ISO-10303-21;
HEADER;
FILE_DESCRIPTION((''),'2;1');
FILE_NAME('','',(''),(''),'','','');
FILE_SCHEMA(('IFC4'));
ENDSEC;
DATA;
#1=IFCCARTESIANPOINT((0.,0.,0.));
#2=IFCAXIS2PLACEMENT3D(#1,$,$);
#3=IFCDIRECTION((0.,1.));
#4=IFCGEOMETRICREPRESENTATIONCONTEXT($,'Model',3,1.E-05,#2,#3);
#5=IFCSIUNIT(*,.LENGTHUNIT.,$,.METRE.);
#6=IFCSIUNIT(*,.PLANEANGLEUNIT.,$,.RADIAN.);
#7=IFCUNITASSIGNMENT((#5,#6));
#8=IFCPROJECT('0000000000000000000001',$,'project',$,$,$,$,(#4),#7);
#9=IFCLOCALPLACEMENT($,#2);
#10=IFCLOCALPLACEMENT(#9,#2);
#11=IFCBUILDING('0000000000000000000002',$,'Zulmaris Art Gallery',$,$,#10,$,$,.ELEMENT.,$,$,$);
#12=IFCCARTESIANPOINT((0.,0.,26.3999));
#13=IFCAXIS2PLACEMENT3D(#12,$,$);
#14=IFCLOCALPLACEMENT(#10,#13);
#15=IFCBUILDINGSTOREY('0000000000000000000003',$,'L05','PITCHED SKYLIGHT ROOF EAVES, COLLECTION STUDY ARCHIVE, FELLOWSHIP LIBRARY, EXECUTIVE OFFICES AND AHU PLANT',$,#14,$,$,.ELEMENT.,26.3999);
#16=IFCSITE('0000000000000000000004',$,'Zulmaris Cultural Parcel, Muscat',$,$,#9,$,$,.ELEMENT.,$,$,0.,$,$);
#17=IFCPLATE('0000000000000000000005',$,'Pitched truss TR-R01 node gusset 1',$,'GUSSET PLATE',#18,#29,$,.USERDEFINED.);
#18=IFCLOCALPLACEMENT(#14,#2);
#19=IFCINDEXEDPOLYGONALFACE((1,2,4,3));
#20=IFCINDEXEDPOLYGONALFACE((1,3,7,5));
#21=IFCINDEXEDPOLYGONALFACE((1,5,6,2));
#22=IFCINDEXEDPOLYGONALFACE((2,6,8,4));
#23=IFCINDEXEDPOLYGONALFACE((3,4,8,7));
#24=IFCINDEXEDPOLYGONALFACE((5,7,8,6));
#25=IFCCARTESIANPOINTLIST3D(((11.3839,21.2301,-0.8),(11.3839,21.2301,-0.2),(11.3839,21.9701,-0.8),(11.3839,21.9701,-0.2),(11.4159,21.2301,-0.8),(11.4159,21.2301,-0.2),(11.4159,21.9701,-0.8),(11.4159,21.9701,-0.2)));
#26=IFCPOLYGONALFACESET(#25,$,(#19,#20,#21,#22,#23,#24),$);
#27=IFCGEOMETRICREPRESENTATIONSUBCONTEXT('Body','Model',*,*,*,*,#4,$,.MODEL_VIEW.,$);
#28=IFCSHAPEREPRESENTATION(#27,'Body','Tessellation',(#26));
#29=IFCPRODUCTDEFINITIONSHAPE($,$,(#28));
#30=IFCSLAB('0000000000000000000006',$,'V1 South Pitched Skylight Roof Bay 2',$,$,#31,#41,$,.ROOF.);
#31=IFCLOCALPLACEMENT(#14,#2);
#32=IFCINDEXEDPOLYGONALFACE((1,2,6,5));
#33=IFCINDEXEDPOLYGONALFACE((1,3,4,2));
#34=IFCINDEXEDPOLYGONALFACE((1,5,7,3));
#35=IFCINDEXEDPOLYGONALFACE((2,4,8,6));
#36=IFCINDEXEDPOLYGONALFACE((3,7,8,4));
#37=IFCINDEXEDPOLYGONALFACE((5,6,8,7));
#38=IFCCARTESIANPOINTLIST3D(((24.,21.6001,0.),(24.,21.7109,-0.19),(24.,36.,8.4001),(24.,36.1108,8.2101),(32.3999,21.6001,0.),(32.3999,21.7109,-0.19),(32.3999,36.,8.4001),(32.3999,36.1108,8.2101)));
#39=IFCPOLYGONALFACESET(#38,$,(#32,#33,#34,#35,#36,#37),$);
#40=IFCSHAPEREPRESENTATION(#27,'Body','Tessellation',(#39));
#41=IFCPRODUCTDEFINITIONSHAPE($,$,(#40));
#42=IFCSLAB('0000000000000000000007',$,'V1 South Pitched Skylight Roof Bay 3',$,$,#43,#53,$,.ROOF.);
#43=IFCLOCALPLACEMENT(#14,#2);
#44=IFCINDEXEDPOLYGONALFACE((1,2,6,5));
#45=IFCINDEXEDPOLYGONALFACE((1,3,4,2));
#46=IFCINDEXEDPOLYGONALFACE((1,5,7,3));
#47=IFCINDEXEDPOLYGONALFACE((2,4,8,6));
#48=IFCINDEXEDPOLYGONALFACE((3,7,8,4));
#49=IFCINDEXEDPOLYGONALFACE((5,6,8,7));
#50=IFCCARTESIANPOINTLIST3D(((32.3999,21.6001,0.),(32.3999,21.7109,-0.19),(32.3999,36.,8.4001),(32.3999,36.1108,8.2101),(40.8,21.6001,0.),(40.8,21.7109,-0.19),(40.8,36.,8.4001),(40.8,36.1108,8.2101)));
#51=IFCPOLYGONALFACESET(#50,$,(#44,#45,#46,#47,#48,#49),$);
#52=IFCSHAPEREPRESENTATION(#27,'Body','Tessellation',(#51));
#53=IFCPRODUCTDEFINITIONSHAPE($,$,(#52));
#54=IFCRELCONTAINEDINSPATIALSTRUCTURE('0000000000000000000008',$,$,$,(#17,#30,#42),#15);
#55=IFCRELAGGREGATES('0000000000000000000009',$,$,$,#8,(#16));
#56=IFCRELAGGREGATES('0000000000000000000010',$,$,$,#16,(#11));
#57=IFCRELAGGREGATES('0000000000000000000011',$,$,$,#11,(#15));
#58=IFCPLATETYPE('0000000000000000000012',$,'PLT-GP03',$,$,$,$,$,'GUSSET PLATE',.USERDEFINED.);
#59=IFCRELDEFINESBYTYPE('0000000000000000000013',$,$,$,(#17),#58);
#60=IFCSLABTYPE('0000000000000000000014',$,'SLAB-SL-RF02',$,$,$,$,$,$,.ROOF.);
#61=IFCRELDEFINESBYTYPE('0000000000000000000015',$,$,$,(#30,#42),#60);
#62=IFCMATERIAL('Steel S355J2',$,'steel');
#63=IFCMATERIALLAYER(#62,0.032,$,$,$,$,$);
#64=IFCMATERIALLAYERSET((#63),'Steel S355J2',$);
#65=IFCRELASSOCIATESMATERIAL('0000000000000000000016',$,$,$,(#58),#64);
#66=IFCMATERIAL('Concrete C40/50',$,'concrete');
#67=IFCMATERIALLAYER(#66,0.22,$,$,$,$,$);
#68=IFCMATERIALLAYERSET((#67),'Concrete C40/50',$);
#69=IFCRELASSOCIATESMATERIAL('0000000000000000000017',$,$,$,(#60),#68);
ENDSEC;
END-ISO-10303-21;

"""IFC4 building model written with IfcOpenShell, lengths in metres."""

from ifc_helpers import new_model, si_unit, direction, frame, origin, origin_2d, place, context, subcontext, project, spatial, polyline, rectangle, outline, extrude, material, layer, layer_set, type_object, element, save


model = new_model("IFC4")

# Units and contexts
model_context = context("Model", 3, precision=1e-05, world=origin(), true_north=direction((0.0, 1.0)))
body_context = subcontext(model_context, "Body", "Model", "MODEL_VIEW")
ifc_project = project(units=[si_unit("LENGTHUNIT", "METRE"), si_unit("PLANEANGLEUNIT", "RADIAN")], contexts=[model_context])

# Site, building, storey
site_placement = place(None, origin())
site = spatial("IfcSite", under=ifc_project, at=site_placement, Name="Zulmaris Cultural Parcel, Muscat", CompositionType="ELEMENT", RefElevation=0.0)
building_placement = place(site_placement, origin())
building = spatial("IfcBuilding", under=site, at=building_placement, Name="Zulmaris Art Gallery", CompositionType="ELEMENT")
storey_placement = place(building_placement, frame((0.0, 0.0, 26.3999)))
storey = spatial("IfcBuildingStorey", under=building, at=storey_placement, Name="L05", Description="PITCHED SKYLIGHT ROOF EAVES, COLLECTION STUDY ARCHIVE, FELLOWSHIP LIBRARY, EXECUTIVE OFFICES AND AHU PLANT", CompositionType="ELEMENT", Elevation=26.3999)

# Shared definitions
ifc_material_1 = material(Name="Steel S355J2", Category="steel")

# Plate
ifc_layer_1 = layer(ifc_material_1, 0.032)
ifc_layer_set_1 = layer_set([ifc_layer_1], Name="Steel S355J2")
plate_type_1 = type_object("IfcPlateType", Name="PLT-GP03", ElementType="GUSSET PLATE", PredefinedType="USERDEFINED", material=ifc_layer_set_1)
plate_1_placement = place(storey_placement, frame((11.3999, 21.6001, -0.8), z_axis=(0.0, 0.0, 1.0), x_axis=(1.0, 0.0, 0.0)))
element("IfcPlate", 1, at=plate_1_placement, inside=storey, type_object=plate_type_1, Name="Pitched truss TR-R01 node gusset 1", ObjectType="GUSSET PLATE", PredefinedType="USERDEFINED", context=body_context, shape_type="SweptSolid", body=[
    extrude(rectangle(XDim=0.032, YDim=0.74, at=origin_2d()), origin(), (0.0, 0.0, 1.0), 0.6001),
])

# Slabs
ifc_material_2 = material(Name="Concrete C40/50", Category="concrete")
ifc_layer_2 = layer(ifc_material_2, 0.22)
ifc_layer_set_2 = layer_set([ifc_layer_2], Name="Concrete C40/50")
slab_type = type_object("IfcSlabType", Name="SLAB-SL-RF02", PredefinedType="ROOF", material=ifc_layer_set_2)
slab_1_placement = place(storey_placement, frame((24.0, 21.6001, 0.0), z_axis=(0.0, -0.50388, 0.863774), x_axis=(1.0, 0.0, 0.0)))
element("IfcSlab", 2, at=slab_1_placement, inside=storey, type_object=slab_type, Name="V1 South Pitched Skylight Roof Bay 2", PredefinedType="ROOF", context=body_context, shape_type="SweptSolid", body=[
    extrude(outline(polyline([(0.0, 0.0), (8.3999, 0.0), (8.3999, 16.6709), (0.0, 16.6709), (0.0, 0.0)])), origin(), (0.0, 0.0, -1.0), 0.22),
])
slab_2_placement = place(storey_placement, frame((32.3999, 21.6001, 0.0), z_axis=(0.0, -0.50388, 0.863774), x_axis=(1.0, 0.0, 0.0)))
element("IfcSlab", 3, at=slab_2_placement, inside=storey, type_object=slab_type, Name="V1 South Pitched Skylight Roof Bay 3", PredefinedType="ROOF", context=body_context, shape_type="SweptSolid", body=[
    extrude(outline(polyline([(0.0, 0.0), (8.4001, 0.0), (8.4001, 16.6709), (0.0, 16.6709), (0.0, 0.0)])), origin(), (0.0, 0.0, -1.0), 0.22),
])

save(model, "model.ifc")
